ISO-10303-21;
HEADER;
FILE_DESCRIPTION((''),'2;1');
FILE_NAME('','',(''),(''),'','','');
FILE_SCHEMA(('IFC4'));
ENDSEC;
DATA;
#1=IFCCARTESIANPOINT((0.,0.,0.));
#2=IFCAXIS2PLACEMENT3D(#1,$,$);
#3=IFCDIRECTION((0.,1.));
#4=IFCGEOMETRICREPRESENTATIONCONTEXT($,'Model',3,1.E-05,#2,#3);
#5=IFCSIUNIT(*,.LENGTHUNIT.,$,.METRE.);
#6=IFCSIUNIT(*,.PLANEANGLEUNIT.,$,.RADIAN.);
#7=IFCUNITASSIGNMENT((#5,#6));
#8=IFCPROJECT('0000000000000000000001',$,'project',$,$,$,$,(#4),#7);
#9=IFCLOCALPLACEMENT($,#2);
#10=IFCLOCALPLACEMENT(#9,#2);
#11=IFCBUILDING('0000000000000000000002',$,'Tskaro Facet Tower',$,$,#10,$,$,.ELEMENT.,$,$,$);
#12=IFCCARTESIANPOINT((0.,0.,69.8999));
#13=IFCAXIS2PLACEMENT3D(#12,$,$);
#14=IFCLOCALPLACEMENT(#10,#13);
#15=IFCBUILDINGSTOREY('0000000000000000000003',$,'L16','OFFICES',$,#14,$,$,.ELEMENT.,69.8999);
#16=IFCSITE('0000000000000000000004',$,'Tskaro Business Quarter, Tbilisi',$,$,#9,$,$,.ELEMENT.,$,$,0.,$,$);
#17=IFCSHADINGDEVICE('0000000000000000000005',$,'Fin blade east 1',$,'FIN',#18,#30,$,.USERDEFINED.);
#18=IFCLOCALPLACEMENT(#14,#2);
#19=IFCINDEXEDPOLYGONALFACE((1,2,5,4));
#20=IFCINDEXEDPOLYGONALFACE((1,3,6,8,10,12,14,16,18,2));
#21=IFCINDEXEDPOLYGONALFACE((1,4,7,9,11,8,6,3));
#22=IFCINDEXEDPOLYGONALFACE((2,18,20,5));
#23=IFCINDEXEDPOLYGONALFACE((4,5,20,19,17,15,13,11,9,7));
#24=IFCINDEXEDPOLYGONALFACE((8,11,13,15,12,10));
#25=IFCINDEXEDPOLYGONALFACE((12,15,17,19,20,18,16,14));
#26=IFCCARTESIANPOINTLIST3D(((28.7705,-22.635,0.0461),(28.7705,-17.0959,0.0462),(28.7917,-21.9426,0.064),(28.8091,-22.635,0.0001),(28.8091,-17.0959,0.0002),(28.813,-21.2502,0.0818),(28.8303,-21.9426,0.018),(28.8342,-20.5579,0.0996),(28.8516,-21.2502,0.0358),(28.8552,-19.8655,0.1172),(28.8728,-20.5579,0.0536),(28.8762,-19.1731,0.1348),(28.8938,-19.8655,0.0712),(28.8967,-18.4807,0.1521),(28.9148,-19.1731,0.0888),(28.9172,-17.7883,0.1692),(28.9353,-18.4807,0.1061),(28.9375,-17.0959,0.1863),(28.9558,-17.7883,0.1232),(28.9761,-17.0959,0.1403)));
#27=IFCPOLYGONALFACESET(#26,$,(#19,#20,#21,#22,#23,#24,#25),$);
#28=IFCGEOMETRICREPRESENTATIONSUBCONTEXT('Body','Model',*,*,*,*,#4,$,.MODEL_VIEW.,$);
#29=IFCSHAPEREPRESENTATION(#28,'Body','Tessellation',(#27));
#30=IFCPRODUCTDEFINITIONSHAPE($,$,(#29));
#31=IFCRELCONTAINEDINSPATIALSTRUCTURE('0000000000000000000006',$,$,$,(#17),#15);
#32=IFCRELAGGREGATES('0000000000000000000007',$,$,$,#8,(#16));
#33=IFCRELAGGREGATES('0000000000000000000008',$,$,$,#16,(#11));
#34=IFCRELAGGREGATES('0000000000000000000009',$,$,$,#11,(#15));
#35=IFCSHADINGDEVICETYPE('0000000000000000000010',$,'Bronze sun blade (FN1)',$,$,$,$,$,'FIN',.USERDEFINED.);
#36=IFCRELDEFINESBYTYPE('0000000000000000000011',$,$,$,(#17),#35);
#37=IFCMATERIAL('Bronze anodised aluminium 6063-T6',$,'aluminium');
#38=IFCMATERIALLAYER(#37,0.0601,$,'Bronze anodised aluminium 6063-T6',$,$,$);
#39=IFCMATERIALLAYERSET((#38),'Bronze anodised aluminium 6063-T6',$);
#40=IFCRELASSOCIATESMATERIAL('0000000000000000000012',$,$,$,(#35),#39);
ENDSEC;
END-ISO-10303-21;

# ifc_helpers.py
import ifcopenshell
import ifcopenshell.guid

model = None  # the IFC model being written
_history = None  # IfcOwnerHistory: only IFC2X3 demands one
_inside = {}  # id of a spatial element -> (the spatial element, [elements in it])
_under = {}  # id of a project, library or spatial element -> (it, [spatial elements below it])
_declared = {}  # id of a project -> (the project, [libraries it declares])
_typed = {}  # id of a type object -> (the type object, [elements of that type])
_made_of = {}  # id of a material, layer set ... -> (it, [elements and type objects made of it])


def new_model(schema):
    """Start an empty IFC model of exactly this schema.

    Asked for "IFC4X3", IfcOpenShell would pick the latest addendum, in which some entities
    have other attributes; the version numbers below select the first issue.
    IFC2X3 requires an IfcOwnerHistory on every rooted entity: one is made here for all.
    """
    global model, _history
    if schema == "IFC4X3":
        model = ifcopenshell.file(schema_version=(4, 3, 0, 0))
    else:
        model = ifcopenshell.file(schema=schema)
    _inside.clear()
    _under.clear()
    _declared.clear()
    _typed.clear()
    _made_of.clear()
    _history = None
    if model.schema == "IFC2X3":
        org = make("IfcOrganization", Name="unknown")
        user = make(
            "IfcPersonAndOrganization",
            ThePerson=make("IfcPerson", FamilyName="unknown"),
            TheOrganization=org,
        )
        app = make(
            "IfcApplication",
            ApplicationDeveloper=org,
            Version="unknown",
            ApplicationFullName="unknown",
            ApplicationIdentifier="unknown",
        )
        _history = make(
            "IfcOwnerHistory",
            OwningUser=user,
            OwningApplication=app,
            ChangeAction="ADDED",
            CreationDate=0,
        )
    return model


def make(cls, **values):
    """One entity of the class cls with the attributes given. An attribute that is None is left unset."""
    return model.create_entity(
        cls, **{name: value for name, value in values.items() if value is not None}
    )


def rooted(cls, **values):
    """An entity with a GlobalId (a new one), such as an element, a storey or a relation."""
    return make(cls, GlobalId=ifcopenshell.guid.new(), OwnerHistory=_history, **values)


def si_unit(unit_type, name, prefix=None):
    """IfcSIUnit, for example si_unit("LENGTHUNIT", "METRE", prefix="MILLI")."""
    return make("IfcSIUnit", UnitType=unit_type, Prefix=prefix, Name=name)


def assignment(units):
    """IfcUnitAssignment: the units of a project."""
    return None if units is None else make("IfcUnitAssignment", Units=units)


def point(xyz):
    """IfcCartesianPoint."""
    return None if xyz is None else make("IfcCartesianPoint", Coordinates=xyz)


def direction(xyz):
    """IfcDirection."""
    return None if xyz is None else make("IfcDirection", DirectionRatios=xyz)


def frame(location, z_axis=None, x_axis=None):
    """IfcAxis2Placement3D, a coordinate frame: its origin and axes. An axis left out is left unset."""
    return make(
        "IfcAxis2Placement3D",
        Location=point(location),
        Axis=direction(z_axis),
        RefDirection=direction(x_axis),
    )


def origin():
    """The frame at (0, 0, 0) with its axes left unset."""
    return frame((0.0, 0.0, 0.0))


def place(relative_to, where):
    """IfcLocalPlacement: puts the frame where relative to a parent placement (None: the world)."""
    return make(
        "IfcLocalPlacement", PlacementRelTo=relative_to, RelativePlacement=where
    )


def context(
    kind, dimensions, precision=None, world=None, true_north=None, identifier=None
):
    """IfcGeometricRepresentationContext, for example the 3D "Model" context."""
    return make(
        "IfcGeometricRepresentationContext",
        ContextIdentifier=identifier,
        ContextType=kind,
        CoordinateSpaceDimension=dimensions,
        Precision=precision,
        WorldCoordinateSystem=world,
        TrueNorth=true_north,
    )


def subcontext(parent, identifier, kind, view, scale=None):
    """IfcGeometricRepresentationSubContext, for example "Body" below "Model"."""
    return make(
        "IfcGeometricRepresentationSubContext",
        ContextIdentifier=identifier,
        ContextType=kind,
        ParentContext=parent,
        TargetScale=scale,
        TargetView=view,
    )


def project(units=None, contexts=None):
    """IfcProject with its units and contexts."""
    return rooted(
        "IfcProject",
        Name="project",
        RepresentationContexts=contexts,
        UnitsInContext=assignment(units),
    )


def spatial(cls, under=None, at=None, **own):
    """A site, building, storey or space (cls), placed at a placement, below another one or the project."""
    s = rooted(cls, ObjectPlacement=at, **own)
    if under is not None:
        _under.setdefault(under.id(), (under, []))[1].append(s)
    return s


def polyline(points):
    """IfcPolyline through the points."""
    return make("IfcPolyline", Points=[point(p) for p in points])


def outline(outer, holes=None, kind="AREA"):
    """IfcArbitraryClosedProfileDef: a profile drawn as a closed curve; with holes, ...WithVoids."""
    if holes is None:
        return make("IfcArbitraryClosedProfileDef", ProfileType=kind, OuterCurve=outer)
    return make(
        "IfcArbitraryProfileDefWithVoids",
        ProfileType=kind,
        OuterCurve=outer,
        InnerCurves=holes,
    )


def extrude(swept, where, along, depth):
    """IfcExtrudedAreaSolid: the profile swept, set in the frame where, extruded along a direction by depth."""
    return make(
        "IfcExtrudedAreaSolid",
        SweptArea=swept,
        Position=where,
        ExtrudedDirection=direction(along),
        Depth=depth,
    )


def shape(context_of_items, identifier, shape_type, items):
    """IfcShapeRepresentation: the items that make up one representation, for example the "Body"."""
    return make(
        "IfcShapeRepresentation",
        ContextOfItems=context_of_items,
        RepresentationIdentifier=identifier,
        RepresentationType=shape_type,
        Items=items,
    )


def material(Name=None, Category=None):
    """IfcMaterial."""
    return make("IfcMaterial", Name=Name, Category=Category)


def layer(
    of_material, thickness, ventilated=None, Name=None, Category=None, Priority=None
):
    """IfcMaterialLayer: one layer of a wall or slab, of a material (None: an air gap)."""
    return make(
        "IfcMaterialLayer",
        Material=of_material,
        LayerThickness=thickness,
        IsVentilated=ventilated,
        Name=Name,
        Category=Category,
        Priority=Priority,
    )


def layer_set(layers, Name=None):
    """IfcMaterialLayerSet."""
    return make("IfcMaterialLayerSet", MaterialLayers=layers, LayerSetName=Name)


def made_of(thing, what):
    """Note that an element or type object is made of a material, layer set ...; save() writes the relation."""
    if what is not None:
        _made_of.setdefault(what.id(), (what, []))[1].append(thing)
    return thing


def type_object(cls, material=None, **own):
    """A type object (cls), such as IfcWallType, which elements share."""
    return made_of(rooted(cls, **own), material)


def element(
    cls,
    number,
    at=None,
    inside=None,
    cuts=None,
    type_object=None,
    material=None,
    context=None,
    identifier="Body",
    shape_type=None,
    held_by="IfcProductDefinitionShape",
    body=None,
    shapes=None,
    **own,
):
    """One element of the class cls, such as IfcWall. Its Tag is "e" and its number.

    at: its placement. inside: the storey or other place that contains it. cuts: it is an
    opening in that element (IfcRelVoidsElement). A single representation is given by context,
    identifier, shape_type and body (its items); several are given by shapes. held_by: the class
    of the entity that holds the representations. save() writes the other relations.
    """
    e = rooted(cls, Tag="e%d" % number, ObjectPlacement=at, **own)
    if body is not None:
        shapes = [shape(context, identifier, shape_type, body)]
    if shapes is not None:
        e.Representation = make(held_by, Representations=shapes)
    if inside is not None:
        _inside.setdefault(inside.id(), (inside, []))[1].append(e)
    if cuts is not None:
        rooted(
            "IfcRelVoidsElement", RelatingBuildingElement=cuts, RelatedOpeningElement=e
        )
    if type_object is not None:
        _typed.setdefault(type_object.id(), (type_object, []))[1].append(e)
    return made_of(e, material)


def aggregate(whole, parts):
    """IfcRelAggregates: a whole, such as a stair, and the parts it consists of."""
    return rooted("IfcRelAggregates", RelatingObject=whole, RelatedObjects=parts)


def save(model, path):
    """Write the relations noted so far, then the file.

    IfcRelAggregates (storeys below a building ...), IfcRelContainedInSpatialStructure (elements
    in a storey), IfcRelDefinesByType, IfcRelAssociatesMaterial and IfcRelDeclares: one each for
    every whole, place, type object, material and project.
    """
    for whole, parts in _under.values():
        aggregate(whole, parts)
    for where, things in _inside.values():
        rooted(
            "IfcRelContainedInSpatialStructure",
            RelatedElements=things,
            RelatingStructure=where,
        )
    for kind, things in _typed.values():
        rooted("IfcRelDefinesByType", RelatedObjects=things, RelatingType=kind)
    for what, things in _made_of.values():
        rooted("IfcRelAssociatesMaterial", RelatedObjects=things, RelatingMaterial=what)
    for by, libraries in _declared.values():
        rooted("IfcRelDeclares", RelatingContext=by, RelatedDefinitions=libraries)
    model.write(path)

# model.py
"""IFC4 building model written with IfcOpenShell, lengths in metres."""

from ifc_helpers import new_model, si_unit, direction, frame, origin, place, context, subcontext, project, spatial, polyline, outline, extrude, material, layer, layer_set, type_object, element, save


model = new_model("IFC4")

# Units and contexts
model_context = context("Model", 3, precision=1e-05, world=origin(), true_north=direction((0.0, 1.0)))
body_context = subcontext(model_context, "Body", "Model", "MODEL_VIEW")
ifc_project = project(units=[si_unit("LENGTHUNIT", "METRE"), si_unit("PLANEANGLEUNIT", "RADIAN")], contexts=[model_context])

# Site, building, storey
site_placement = place(None, origin())
site = spatial("IfcSite", under=ifc_project, at=site_placement, Name="Tskaro Business Quarter, Tbilisi", CompositionType="ELEMENT", RefElevation=0.0)
building_placement = place(site_placement, origin())
building = spatial("IfcBuilding", under=site, at=building_placement, Name="Tskaro Facet Tower", CompositionType="ELEMENT")
storey_placement = place(building_placement, frame((0.0, 0.0, 69.8999)))
storey = spatial("IfcBuildingStorey", under=building, at=storey_placement, Name="L16", Description="OFFICES", CompositionType="ELEMENT", Elevation=69.8999)

# Shared definitions
ifc_material_1 = material(Name="Bronze anodised aluminium 6063-T6", Category="aluminium")

# Shading device
ifc_layer_1 = layer(ifc_material_1, 0.0601, Name="Bronze anodised aluminium 6063-T6")
ifc_layer_set_1 = layer_set([ifc_layer_1], Name="Bronze anodised aluminium 6063-T6")
shading_device_type = type_object("IfcShadingDeviceType", Name="Bronze sun blade (FN1)", ElementType="FIN", PredefinedType="USERDEFINED", material=ifc_layer_set_1)
shading_device_1_placement = place(storey_placement, frame((28.7705, -22.635, 0.0461), z_axis=(-0.642691, -0.000007, 0.766125), x_axis=(-0.000004, 1.0, 0.000005)))
element("IfcShadingDevice", 1, at=shading_device_1_placement, inside=storey, type_object=shading_device_type, Name="Fin blade east 1", ObjectType="FIN", PredefinedType="USERDEFINED", context=body_context, shape_type="SweptSolid", body=[
    extrude(outline(polyline([(0.0, 0.0), (5.5391, 0.0), (5.5391, -0.218), (4.8467, -0.1915), (4.1543, -0.1648), (3.4619, -0.1379), (2.7695, -0.1106), (2.0771, -0.0832), (1.3848, -0.0555), (0.6924, -0.0277), (0.0, 0.0)])), origin(), (0.0, 0.0, -1.0), 0.0601),
])

save(model, "model.ifc")
